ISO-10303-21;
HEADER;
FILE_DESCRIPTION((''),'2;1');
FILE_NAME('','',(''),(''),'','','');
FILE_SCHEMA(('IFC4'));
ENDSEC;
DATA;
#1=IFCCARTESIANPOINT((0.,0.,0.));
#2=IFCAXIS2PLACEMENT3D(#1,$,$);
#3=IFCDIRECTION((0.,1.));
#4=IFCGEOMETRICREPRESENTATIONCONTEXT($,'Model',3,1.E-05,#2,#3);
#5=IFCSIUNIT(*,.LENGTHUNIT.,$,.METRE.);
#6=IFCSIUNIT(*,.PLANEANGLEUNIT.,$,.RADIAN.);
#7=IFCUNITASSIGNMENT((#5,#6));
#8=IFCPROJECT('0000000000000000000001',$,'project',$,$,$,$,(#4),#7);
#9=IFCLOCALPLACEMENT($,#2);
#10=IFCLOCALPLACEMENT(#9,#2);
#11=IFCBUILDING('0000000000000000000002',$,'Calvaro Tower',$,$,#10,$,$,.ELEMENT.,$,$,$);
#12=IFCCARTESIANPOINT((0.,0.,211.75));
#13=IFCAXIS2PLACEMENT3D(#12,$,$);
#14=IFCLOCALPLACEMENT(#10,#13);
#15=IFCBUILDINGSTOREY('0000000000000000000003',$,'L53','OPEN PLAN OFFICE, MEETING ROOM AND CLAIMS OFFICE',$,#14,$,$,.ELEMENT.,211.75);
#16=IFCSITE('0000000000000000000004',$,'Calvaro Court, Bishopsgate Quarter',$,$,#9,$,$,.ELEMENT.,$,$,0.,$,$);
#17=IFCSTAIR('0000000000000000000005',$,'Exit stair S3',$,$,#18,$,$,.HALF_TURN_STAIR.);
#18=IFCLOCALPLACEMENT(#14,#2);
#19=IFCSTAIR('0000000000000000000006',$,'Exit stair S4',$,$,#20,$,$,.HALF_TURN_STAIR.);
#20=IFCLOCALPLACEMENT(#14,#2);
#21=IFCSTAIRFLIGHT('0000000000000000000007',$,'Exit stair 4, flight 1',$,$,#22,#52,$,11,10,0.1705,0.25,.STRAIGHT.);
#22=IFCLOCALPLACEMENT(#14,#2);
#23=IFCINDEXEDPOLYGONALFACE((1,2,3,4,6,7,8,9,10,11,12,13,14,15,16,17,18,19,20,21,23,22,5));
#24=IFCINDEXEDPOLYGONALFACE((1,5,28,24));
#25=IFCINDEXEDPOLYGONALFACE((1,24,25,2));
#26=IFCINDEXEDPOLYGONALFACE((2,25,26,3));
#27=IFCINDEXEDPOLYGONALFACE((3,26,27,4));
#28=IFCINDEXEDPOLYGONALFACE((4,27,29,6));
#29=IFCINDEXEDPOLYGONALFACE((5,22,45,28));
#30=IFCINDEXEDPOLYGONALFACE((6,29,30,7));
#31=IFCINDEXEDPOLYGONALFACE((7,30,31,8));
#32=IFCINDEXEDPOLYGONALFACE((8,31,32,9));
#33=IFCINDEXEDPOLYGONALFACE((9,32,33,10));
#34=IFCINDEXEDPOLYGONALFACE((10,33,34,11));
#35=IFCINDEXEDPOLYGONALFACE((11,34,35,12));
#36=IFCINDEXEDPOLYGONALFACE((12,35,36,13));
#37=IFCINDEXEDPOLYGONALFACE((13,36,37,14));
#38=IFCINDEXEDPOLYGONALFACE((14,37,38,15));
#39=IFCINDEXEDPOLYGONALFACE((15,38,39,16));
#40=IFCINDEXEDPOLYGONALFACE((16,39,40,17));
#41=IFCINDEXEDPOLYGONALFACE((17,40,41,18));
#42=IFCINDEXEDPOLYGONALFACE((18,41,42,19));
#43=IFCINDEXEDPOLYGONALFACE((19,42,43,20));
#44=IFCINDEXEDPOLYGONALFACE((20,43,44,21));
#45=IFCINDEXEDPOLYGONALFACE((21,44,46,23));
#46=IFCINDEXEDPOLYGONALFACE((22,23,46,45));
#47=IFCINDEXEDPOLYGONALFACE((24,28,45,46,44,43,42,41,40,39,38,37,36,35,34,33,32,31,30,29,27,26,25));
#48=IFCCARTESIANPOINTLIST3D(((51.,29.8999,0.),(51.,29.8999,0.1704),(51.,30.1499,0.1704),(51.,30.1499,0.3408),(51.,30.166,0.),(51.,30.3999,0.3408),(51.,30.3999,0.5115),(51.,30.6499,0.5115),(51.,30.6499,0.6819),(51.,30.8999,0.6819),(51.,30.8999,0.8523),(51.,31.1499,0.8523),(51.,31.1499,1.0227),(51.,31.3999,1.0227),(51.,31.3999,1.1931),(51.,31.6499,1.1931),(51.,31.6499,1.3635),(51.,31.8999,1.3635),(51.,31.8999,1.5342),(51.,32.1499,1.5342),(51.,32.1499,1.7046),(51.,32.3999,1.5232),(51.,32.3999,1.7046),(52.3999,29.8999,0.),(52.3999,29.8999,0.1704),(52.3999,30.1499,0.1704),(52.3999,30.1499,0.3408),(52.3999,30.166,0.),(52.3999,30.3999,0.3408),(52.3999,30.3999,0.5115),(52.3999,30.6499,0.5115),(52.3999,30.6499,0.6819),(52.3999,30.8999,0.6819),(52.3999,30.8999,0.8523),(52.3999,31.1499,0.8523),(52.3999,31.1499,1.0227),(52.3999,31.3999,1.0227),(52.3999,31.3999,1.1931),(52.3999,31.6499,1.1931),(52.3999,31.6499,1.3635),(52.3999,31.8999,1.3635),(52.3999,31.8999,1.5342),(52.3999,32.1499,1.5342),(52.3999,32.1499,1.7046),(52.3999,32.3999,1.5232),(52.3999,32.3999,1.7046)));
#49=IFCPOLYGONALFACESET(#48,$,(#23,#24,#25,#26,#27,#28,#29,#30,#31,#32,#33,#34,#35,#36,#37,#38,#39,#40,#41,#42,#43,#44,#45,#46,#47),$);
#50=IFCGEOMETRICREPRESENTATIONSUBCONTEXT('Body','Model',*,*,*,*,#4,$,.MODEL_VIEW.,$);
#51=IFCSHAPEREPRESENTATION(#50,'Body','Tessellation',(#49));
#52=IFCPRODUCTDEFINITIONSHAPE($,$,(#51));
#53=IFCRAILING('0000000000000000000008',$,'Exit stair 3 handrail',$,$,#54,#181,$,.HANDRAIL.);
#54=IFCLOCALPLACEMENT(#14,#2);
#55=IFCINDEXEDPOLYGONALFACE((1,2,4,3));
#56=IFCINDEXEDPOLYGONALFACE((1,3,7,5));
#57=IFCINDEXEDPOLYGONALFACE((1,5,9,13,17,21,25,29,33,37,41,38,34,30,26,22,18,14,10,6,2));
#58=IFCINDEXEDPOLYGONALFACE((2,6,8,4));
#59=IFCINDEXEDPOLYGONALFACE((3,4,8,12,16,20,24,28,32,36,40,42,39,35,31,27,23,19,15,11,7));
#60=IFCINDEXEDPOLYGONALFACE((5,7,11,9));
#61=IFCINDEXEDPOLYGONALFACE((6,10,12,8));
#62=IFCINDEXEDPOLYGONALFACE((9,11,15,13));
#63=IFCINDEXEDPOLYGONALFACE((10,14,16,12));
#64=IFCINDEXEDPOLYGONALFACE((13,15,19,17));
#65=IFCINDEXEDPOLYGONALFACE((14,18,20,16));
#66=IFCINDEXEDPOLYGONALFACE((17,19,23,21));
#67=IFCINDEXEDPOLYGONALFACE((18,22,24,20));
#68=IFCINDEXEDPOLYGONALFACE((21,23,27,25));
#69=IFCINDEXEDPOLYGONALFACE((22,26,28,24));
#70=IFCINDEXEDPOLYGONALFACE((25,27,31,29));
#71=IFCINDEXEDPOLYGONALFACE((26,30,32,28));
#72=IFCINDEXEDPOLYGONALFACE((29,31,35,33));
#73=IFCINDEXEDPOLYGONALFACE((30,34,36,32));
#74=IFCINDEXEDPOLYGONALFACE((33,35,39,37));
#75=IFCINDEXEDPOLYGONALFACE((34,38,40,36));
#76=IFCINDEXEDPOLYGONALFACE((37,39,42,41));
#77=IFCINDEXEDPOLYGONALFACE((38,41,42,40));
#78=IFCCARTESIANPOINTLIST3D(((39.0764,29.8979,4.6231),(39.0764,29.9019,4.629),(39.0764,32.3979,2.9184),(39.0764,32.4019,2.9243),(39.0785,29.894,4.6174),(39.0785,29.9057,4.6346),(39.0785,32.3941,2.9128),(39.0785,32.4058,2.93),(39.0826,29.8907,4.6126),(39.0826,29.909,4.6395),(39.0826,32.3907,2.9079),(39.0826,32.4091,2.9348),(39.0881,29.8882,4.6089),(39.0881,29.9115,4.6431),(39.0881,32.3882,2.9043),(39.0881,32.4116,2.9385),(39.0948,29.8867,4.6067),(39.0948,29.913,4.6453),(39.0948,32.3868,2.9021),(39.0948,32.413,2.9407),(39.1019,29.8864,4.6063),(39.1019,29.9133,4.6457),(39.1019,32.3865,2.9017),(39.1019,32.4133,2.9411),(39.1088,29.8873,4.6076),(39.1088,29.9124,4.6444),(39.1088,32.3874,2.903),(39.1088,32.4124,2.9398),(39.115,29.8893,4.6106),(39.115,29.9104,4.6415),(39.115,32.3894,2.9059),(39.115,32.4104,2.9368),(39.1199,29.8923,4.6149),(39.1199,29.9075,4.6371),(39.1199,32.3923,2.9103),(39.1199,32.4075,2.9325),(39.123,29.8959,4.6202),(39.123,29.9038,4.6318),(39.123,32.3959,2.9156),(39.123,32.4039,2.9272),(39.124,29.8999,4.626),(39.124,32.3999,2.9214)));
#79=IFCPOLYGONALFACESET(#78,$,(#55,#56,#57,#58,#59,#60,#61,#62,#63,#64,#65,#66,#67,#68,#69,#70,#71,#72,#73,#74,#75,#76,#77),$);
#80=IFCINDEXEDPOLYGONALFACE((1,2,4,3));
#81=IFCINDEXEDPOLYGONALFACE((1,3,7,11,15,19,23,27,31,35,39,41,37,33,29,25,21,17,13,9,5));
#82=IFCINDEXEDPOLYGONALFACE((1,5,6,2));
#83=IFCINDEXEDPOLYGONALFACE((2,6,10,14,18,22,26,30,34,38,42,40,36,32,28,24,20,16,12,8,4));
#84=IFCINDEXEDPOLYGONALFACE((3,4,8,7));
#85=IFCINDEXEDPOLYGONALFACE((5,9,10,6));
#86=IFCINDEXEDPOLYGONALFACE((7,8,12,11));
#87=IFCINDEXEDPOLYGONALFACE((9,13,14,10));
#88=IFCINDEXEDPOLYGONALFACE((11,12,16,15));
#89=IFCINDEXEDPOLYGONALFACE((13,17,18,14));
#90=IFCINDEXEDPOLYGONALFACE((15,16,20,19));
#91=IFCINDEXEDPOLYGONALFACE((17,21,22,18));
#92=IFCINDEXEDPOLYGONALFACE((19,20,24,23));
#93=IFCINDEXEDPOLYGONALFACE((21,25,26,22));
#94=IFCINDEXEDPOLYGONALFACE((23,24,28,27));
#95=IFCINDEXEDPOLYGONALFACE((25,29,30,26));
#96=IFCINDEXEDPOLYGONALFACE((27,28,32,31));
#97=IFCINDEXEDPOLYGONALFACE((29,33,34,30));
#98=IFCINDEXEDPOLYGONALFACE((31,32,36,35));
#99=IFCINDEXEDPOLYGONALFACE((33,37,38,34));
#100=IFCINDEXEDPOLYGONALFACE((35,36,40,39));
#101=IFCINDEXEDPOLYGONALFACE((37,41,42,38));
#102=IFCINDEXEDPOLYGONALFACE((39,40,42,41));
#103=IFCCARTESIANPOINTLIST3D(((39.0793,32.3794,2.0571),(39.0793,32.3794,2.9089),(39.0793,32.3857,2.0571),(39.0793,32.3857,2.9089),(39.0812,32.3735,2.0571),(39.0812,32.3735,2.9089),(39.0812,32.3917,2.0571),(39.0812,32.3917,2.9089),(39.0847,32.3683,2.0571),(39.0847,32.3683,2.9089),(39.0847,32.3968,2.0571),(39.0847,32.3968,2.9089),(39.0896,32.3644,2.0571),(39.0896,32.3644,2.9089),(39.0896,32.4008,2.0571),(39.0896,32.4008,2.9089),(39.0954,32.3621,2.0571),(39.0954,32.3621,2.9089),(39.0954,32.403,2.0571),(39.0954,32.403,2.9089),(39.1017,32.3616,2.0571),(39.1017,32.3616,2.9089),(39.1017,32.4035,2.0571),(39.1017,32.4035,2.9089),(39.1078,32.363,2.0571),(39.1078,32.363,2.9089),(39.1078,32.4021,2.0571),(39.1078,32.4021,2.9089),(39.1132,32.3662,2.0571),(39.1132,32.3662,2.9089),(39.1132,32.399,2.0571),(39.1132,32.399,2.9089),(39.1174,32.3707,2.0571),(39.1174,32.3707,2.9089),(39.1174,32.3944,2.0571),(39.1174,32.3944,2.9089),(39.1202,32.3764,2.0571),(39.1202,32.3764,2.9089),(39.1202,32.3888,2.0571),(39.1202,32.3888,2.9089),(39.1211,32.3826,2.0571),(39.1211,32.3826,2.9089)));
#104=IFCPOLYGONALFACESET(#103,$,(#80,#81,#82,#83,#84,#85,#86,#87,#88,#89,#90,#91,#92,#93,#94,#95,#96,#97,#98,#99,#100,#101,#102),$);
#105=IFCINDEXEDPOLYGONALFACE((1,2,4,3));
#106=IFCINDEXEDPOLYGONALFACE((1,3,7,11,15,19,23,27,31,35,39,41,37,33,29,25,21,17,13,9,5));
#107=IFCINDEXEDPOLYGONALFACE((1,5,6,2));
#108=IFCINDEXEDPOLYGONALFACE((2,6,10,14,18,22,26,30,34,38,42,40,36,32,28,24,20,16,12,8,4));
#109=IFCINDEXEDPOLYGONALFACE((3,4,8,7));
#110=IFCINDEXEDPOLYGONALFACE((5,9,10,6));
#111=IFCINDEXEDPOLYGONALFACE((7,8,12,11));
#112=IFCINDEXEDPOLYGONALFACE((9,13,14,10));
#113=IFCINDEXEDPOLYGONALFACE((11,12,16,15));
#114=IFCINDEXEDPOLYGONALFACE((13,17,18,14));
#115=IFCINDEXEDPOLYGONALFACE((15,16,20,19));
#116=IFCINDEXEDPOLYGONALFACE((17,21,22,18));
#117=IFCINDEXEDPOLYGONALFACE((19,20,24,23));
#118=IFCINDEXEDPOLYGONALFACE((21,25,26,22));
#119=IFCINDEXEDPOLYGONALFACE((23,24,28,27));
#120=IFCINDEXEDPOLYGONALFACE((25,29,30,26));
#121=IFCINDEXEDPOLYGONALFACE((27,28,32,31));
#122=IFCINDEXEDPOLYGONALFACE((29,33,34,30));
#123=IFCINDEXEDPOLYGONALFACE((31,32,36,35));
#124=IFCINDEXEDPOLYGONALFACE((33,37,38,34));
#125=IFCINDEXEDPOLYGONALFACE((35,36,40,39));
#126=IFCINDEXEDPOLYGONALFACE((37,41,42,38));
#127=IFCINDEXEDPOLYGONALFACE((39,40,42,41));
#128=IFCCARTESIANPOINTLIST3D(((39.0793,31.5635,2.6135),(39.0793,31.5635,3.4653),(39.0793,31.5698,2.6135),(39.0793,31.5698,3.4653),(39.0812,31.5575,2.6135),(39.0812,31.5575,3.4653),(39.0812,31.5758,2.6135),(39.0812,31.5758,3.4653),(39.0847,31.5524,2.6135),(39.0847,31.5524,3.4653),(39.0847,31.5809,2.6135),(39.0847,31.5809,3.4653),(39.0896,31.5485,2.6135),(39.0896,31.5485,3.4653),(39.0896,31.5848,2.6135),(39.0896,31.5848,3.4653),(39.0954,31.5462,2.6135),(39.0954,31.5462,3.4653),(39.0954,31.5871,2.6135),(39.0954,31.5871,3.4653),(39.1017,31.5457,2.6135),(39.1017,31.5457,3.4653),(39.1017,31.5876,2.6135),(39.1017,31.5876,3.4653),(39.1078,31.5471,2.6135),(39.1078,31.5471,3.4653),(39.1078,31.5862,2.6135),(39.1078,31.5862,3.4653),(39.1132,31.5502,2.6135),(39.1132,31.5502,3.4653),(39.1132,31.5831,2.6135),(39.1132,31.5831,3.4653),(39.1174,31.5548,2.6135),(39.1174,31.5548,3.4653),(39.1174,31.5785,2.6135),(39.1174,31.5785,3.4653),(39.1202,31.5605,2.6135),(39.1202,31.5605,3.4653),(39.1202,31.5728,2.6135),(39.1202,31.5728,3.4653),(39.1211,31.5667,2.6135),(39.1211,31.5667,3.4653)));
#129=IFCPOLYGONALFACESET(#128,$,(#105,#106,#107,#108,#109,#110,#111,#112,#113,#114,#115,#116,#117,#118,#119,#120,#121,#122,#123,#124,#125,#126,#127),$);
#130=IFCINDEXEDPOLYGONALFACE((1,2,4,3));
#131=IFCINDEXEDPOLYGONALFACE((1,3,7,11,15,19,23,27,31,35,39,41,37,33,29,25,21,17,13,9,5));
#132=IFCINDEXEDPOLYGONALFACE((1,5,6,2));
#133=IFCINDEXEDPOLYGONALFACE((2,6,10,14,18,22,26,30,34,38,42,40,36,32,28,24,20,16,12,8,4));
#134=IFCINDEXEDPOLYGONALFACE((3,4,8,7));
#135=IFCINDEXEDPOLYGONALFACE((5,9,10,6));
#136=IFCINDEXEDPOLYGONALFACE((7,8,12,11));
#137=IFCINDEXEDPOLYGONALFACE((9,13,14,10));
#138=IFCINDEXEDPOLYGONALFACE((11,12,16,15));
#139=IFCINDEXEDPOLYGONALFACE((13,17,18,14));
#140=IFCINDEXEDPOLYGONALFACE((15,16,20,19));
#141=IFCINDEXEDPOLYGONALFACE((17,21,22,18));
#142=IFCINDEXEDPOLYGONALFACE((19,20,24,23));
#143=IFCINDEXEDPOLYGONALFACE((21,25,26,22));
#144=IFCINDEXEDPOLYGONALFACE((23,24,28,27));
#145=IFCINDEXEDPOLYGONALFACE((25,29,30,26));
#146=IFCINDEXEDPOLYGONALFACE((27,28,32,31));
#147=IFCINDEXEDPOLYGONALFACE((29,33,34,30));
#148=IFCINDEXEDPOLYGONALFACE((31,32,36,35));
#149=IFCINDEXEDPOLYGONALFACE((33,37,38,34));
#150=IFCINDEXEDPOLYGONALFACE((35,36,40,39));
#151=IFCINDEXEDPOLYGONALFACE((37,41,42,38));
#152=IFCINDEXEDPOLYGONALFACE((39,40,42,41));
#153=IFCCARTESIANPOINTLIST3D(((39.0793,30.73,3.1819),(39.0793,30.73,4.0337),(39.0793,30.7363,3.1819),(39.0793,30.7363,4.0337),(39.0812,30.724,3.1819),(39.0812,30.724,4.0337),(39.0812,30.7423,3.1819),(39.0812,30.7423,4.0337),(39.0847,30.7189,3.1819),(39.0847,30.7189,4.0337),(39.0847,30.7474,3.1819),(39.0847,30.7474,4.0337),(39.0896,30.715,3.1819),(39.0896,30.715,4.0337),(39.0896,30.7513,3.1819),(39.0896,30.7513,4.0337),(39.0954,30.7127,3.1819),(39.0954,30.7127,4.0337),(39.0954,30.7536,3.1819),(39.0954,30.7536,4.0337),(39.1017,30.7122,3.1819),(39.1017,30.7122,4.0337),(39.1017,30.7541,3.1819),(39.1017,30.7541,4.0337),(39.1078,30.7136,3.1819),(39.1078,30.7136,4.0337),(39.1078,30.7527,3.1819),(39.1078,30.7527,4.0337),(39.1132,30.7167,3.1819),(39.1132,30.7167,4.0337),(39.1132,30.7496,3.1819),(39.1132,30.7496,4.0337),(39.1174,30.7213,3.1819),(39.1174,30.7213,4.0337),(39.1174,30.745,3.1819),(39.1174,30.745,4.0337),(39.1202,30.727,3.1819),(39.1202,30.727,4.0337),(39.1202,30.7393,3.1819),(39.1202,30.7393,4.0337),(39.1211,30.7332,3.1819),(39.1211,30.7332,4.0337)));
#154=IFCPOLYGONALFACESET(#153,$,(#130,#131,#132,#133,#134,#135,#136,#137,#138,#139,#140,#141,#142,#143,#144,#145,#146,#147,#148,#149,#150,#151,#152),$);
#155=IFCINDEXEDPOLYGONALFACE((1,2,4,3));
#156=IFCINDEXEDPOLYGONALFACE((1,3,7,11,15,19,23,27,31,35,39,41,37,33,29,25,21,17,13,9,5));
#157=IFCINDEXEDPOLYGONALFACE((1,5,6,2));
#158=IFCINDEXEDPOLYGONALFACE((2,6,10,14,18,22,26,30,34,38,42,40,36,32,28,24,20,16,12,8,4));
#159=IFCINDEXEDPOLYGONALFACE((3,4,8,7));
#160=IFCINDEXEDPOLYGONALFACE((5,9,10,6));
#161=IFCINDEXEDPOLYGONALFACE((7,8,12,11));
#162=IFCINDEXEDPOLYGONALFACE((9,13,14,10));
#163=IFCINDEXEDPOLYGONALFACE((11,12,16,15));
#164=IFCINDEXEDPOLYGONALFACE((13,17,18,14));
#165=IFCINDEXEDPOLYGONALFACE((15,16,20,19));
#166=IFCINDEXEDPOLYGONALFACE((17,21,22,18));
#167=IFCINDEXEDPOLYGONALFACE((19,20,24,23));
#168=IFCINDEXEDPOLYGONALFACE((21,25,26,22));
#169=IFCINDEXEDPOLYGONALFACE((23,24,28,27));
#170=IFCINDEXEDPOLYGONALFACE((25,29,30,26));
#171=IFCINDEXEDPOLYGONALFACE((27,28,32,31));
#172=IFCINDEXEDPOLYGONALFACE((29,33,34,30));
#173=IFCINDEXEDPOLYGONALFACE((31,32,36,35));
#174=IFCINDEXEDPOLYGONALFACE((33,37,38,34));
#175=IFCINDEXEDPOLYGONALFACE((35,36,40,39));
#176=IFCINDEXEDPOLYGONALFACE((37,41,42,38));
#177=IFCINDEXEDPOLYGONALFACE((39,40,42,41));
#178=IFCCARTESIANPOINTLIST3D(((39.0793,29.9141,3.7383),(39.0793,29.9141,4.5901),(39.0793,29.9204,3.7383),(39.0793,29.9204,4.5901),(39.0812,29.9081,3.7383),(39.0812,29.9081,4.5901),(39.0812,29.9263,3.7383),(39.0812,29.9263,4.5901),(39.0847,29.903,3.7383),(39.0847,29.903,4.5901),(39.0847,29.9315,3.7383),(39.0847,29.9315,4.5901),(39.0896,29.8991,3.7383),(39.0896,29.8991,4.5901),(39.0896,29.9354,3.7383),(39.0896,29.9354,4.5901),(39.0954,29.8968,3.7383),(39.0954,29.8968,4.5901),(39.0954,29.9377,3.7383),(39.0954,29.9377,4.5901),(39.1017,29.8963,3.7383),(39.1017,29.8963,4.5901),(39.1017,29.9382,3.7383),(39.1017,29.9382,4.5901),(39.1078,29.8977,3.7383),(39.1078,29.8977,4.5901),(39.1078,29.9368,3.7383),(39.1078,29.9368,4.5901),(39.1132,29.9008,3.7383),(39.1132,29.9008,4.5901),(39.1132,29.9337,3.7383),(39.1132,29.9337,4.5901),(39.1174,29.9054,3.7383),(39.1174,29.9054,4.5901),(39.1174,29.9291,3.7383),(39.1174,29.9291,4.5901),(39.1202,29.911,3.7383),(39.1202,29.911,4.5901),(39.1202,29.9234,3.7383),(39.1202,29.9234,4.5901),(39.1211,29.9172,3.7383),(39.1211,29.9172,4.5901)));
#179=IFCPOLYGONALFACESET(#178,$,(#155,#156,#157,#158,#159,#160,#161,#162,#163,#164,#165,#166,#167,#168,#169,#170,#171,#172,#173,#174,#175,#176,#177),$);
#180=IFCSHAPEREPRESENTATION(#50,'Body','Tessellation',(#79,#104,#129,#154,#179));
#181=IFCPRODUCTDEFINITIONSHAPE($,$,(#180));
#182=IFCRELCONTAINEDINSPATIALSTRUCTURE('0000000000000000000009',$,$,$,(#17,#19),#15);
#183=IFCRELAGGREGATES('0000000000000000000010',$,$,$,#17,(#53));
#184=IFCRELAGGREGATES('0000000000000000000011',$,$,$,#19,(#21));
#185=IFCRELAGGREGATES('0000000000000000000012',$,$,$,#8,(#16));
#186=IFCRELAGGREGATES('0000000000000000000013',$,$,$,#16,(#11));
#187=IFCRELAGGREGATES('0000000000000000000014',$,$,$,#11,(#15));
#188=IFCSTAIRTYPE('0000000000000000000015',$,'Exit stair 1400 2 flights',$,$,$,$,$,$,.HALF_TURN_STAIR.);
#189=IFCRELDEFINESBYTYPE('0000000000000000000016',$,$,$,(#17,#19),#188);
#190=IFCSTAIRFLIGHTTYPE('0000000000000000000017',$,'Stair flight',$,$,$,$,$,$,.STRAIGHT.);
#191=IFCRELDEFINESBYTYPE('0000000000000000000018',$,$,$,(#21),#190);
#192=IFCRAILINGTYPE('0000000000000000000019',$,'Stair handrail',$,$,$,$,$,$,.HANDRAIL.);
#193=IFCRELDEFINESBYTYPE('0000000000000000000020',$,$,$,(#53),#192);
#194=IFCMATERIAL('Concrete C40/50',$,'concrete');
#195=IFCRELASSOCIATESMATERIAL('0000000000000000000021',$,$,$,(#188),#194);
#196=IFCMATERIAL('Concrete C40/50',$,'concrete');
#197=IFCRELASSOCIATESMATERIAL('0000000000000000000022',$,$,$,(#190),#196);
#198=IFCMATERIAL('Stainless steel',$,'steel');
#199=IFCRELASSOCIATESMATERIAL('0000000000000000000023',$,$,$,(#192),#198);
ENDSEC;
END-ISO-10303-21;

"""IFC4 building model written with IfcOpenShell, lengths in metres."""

from ifc_helpers import new_model, si_unit, direction, frame, origin, origin_2d, place, context, subcontext, project, spatial, polyline, circle, outline, extrude, material, type_object, element, aggregate, save


model = new_model("IFC4")

# Units and contexts
model_context = context("Model", 3, precision=1e-05, world=origin(), true_north=direction((0.0, 1.0)))
body_context = subcontext(model_context, "Body", "Model", "MODEL_VIEW")
ifc_project = project(units=[si_unit("LENGTHUNIT", "METRE"), si_unit("PLANEANGLEUNIT", "RADIAN")], contexts=[model_context])

# Site, building, storey
site_placement = place(None, origin())
site = spatial("IfcSite", under=ifc_project, at=site_placement, Name="Calvaro Court, Bishopsgate Quarter", CompositionType="ELEMENT", RefElevation=0.0)
building_placement = place(site_placement, origin())
building = spatial("IfcBuilding", under=site, at=building_placement, Name="Calvaro Tower", CompositionType="ELEMENT")
storey_placement = place(building_placement, frame((0.0, 0.0, 211.75)))
storey = spatial("IfcBuildingStorey", under=building, at=storey_placement, Name="L53", Description="OPEN PLAN OFFICE, MEETING ROOM AND CLAIMS OFFICE", CompositionType="ELEMENT", Elevation=211.75)

# Stairs, stair flight
ifc_material_1 = material(Name="Concrete C40/50", Category="concrete")
stair_type = type_object("IfcStairType", Name="Exit stair 1400 2 flights", PredefinedType="HALF_TURN_STAIR", material=ifc_material_1)
stair_1_placement = place(storey_placement, origin())
stair_1 = element("IfcStair", 1, at=stair_1_placement, inside=storey, type_object=stair_type, Name="Exit stair S3", PredefinedType="HALF_TURN_STAIR")
ifc_material_2 = material(Name="Concrete C40/50", Category="concrete")
stair_flight_type = type_object("IfcStairFlightType", Name="Stair flight", PredefinedType="STRAIGHT", material=ifc_material_2)
stair_2_placement = place(storey_placement, origin())
stair_2 = element("IfcStair", 2, at=stair_2_placement, inside=storey, type_object=stair_type, Name="Exit stair S4", PredefinedType="HALF_TURN_STAIR")
stair_flight_1_placement = place(storey_placement, frame((51.7, 29.8999, 0.0), z_axis=(0.0, 0.0, 1.0), x_axis=(0.0, 1.0, 0.0)))
stair_flight_1 = element("IfcStairFlight", 3, at=stair_flight_1_placement, type_object=stair_flight_type, Name="Exit stair 4, flight 1", NumberOfRisers=11, NumberOfTreads=10, PredefinedType="STRAIGHT", RiserHeight=0.1705, TreadLength=0.25, context=body_context, shape_type="SweptSolid", body=[
    extrude(outline(polyline([(0.0, 0.0), (0.0, 0.1704), (0.25, 0.1704), (0.25, 0.3408), (0.5, 0.3408), (0.5, 0.5115), (0.75, 0.5115), (0.75, 0.6819), (1.0, 0.6819), (1.0, 0.8523), (1.25, 0.8523), (1.25, 1.0227), (1.5, 1.0227), (1.5, 1.1931), (1.75, 1.1931), (1.75, 1.3635), (2.0, 1.3635), (2.0, 1.5342), (2.25, 1.5342), (2.25, 1.7046), (2.5, 1.7046), (2.5, 1.875), (2.5, 1.5232), (0.2661, 0.0), (0.0, 0.0)])), frame((0.0, 0.7, 0.0), z_axis=(0.0, -1.0, 0.0), x_axis=(1.0, 0.0, 0.0)), (0.0, 0.0, 1.0), 1.3999),
])

# Railing
ifc_material_3 = material(Name="Stainless steel", Category="steel")
railing_type = type_object("IfcRailingType", Name="Stair handrail", PredefinedType="HANDRAIL", material=ifc_material_3)
railing_1_placement = place(storey_placement, frame((39.1001, 32.3999, 2.0454)))
railing_1 = element("IfcRailing", 4, at=railing_1_placement, type_object=railing_type, Name="Exit stair 3 handrail", PredefinedType="HANDRAIL", context=body_context, shape_type="SweptSolid", body=[
    extrude(circle(Radius=0.0239, at=origin_2d()), frame((0.0, 0.0, 0.876), z_axis=(0.0, -0.826221, 0.563347), x_axis=(1.0, 0.0, 0.0)), (0.0, 0.0, 1.0), 3.0259),
    extrude(circle(Radius=0.021, at=origin_2d()), frame((0.0, -0.0173, 0.0117)), (0.0, 0.0, 1.0), 0.8518),
    extrude(circle(Radius=0.021, at=origin_2d()), frame((0.0, -0.8333, 0.5681)), (0.0, 0.0, 1.0), 0.8518),
    extrude(circle(Radius=0.021, at=origin_2d()), frame((0.0, -1.6667, 1.1365)), (0.0, 0.0, 1.0), 0.8518),
    extrude(circle(Radius=0.021, at=origin_2d()), frame((0.0, -2.4827, 1.6929)), (0.0, 0.0, 1.0), 0.8518),
])
aggregate(stair_1, [railing_1])
aggregate(stair_2, [stair_flight_1])

save(model, "model.ifc")
